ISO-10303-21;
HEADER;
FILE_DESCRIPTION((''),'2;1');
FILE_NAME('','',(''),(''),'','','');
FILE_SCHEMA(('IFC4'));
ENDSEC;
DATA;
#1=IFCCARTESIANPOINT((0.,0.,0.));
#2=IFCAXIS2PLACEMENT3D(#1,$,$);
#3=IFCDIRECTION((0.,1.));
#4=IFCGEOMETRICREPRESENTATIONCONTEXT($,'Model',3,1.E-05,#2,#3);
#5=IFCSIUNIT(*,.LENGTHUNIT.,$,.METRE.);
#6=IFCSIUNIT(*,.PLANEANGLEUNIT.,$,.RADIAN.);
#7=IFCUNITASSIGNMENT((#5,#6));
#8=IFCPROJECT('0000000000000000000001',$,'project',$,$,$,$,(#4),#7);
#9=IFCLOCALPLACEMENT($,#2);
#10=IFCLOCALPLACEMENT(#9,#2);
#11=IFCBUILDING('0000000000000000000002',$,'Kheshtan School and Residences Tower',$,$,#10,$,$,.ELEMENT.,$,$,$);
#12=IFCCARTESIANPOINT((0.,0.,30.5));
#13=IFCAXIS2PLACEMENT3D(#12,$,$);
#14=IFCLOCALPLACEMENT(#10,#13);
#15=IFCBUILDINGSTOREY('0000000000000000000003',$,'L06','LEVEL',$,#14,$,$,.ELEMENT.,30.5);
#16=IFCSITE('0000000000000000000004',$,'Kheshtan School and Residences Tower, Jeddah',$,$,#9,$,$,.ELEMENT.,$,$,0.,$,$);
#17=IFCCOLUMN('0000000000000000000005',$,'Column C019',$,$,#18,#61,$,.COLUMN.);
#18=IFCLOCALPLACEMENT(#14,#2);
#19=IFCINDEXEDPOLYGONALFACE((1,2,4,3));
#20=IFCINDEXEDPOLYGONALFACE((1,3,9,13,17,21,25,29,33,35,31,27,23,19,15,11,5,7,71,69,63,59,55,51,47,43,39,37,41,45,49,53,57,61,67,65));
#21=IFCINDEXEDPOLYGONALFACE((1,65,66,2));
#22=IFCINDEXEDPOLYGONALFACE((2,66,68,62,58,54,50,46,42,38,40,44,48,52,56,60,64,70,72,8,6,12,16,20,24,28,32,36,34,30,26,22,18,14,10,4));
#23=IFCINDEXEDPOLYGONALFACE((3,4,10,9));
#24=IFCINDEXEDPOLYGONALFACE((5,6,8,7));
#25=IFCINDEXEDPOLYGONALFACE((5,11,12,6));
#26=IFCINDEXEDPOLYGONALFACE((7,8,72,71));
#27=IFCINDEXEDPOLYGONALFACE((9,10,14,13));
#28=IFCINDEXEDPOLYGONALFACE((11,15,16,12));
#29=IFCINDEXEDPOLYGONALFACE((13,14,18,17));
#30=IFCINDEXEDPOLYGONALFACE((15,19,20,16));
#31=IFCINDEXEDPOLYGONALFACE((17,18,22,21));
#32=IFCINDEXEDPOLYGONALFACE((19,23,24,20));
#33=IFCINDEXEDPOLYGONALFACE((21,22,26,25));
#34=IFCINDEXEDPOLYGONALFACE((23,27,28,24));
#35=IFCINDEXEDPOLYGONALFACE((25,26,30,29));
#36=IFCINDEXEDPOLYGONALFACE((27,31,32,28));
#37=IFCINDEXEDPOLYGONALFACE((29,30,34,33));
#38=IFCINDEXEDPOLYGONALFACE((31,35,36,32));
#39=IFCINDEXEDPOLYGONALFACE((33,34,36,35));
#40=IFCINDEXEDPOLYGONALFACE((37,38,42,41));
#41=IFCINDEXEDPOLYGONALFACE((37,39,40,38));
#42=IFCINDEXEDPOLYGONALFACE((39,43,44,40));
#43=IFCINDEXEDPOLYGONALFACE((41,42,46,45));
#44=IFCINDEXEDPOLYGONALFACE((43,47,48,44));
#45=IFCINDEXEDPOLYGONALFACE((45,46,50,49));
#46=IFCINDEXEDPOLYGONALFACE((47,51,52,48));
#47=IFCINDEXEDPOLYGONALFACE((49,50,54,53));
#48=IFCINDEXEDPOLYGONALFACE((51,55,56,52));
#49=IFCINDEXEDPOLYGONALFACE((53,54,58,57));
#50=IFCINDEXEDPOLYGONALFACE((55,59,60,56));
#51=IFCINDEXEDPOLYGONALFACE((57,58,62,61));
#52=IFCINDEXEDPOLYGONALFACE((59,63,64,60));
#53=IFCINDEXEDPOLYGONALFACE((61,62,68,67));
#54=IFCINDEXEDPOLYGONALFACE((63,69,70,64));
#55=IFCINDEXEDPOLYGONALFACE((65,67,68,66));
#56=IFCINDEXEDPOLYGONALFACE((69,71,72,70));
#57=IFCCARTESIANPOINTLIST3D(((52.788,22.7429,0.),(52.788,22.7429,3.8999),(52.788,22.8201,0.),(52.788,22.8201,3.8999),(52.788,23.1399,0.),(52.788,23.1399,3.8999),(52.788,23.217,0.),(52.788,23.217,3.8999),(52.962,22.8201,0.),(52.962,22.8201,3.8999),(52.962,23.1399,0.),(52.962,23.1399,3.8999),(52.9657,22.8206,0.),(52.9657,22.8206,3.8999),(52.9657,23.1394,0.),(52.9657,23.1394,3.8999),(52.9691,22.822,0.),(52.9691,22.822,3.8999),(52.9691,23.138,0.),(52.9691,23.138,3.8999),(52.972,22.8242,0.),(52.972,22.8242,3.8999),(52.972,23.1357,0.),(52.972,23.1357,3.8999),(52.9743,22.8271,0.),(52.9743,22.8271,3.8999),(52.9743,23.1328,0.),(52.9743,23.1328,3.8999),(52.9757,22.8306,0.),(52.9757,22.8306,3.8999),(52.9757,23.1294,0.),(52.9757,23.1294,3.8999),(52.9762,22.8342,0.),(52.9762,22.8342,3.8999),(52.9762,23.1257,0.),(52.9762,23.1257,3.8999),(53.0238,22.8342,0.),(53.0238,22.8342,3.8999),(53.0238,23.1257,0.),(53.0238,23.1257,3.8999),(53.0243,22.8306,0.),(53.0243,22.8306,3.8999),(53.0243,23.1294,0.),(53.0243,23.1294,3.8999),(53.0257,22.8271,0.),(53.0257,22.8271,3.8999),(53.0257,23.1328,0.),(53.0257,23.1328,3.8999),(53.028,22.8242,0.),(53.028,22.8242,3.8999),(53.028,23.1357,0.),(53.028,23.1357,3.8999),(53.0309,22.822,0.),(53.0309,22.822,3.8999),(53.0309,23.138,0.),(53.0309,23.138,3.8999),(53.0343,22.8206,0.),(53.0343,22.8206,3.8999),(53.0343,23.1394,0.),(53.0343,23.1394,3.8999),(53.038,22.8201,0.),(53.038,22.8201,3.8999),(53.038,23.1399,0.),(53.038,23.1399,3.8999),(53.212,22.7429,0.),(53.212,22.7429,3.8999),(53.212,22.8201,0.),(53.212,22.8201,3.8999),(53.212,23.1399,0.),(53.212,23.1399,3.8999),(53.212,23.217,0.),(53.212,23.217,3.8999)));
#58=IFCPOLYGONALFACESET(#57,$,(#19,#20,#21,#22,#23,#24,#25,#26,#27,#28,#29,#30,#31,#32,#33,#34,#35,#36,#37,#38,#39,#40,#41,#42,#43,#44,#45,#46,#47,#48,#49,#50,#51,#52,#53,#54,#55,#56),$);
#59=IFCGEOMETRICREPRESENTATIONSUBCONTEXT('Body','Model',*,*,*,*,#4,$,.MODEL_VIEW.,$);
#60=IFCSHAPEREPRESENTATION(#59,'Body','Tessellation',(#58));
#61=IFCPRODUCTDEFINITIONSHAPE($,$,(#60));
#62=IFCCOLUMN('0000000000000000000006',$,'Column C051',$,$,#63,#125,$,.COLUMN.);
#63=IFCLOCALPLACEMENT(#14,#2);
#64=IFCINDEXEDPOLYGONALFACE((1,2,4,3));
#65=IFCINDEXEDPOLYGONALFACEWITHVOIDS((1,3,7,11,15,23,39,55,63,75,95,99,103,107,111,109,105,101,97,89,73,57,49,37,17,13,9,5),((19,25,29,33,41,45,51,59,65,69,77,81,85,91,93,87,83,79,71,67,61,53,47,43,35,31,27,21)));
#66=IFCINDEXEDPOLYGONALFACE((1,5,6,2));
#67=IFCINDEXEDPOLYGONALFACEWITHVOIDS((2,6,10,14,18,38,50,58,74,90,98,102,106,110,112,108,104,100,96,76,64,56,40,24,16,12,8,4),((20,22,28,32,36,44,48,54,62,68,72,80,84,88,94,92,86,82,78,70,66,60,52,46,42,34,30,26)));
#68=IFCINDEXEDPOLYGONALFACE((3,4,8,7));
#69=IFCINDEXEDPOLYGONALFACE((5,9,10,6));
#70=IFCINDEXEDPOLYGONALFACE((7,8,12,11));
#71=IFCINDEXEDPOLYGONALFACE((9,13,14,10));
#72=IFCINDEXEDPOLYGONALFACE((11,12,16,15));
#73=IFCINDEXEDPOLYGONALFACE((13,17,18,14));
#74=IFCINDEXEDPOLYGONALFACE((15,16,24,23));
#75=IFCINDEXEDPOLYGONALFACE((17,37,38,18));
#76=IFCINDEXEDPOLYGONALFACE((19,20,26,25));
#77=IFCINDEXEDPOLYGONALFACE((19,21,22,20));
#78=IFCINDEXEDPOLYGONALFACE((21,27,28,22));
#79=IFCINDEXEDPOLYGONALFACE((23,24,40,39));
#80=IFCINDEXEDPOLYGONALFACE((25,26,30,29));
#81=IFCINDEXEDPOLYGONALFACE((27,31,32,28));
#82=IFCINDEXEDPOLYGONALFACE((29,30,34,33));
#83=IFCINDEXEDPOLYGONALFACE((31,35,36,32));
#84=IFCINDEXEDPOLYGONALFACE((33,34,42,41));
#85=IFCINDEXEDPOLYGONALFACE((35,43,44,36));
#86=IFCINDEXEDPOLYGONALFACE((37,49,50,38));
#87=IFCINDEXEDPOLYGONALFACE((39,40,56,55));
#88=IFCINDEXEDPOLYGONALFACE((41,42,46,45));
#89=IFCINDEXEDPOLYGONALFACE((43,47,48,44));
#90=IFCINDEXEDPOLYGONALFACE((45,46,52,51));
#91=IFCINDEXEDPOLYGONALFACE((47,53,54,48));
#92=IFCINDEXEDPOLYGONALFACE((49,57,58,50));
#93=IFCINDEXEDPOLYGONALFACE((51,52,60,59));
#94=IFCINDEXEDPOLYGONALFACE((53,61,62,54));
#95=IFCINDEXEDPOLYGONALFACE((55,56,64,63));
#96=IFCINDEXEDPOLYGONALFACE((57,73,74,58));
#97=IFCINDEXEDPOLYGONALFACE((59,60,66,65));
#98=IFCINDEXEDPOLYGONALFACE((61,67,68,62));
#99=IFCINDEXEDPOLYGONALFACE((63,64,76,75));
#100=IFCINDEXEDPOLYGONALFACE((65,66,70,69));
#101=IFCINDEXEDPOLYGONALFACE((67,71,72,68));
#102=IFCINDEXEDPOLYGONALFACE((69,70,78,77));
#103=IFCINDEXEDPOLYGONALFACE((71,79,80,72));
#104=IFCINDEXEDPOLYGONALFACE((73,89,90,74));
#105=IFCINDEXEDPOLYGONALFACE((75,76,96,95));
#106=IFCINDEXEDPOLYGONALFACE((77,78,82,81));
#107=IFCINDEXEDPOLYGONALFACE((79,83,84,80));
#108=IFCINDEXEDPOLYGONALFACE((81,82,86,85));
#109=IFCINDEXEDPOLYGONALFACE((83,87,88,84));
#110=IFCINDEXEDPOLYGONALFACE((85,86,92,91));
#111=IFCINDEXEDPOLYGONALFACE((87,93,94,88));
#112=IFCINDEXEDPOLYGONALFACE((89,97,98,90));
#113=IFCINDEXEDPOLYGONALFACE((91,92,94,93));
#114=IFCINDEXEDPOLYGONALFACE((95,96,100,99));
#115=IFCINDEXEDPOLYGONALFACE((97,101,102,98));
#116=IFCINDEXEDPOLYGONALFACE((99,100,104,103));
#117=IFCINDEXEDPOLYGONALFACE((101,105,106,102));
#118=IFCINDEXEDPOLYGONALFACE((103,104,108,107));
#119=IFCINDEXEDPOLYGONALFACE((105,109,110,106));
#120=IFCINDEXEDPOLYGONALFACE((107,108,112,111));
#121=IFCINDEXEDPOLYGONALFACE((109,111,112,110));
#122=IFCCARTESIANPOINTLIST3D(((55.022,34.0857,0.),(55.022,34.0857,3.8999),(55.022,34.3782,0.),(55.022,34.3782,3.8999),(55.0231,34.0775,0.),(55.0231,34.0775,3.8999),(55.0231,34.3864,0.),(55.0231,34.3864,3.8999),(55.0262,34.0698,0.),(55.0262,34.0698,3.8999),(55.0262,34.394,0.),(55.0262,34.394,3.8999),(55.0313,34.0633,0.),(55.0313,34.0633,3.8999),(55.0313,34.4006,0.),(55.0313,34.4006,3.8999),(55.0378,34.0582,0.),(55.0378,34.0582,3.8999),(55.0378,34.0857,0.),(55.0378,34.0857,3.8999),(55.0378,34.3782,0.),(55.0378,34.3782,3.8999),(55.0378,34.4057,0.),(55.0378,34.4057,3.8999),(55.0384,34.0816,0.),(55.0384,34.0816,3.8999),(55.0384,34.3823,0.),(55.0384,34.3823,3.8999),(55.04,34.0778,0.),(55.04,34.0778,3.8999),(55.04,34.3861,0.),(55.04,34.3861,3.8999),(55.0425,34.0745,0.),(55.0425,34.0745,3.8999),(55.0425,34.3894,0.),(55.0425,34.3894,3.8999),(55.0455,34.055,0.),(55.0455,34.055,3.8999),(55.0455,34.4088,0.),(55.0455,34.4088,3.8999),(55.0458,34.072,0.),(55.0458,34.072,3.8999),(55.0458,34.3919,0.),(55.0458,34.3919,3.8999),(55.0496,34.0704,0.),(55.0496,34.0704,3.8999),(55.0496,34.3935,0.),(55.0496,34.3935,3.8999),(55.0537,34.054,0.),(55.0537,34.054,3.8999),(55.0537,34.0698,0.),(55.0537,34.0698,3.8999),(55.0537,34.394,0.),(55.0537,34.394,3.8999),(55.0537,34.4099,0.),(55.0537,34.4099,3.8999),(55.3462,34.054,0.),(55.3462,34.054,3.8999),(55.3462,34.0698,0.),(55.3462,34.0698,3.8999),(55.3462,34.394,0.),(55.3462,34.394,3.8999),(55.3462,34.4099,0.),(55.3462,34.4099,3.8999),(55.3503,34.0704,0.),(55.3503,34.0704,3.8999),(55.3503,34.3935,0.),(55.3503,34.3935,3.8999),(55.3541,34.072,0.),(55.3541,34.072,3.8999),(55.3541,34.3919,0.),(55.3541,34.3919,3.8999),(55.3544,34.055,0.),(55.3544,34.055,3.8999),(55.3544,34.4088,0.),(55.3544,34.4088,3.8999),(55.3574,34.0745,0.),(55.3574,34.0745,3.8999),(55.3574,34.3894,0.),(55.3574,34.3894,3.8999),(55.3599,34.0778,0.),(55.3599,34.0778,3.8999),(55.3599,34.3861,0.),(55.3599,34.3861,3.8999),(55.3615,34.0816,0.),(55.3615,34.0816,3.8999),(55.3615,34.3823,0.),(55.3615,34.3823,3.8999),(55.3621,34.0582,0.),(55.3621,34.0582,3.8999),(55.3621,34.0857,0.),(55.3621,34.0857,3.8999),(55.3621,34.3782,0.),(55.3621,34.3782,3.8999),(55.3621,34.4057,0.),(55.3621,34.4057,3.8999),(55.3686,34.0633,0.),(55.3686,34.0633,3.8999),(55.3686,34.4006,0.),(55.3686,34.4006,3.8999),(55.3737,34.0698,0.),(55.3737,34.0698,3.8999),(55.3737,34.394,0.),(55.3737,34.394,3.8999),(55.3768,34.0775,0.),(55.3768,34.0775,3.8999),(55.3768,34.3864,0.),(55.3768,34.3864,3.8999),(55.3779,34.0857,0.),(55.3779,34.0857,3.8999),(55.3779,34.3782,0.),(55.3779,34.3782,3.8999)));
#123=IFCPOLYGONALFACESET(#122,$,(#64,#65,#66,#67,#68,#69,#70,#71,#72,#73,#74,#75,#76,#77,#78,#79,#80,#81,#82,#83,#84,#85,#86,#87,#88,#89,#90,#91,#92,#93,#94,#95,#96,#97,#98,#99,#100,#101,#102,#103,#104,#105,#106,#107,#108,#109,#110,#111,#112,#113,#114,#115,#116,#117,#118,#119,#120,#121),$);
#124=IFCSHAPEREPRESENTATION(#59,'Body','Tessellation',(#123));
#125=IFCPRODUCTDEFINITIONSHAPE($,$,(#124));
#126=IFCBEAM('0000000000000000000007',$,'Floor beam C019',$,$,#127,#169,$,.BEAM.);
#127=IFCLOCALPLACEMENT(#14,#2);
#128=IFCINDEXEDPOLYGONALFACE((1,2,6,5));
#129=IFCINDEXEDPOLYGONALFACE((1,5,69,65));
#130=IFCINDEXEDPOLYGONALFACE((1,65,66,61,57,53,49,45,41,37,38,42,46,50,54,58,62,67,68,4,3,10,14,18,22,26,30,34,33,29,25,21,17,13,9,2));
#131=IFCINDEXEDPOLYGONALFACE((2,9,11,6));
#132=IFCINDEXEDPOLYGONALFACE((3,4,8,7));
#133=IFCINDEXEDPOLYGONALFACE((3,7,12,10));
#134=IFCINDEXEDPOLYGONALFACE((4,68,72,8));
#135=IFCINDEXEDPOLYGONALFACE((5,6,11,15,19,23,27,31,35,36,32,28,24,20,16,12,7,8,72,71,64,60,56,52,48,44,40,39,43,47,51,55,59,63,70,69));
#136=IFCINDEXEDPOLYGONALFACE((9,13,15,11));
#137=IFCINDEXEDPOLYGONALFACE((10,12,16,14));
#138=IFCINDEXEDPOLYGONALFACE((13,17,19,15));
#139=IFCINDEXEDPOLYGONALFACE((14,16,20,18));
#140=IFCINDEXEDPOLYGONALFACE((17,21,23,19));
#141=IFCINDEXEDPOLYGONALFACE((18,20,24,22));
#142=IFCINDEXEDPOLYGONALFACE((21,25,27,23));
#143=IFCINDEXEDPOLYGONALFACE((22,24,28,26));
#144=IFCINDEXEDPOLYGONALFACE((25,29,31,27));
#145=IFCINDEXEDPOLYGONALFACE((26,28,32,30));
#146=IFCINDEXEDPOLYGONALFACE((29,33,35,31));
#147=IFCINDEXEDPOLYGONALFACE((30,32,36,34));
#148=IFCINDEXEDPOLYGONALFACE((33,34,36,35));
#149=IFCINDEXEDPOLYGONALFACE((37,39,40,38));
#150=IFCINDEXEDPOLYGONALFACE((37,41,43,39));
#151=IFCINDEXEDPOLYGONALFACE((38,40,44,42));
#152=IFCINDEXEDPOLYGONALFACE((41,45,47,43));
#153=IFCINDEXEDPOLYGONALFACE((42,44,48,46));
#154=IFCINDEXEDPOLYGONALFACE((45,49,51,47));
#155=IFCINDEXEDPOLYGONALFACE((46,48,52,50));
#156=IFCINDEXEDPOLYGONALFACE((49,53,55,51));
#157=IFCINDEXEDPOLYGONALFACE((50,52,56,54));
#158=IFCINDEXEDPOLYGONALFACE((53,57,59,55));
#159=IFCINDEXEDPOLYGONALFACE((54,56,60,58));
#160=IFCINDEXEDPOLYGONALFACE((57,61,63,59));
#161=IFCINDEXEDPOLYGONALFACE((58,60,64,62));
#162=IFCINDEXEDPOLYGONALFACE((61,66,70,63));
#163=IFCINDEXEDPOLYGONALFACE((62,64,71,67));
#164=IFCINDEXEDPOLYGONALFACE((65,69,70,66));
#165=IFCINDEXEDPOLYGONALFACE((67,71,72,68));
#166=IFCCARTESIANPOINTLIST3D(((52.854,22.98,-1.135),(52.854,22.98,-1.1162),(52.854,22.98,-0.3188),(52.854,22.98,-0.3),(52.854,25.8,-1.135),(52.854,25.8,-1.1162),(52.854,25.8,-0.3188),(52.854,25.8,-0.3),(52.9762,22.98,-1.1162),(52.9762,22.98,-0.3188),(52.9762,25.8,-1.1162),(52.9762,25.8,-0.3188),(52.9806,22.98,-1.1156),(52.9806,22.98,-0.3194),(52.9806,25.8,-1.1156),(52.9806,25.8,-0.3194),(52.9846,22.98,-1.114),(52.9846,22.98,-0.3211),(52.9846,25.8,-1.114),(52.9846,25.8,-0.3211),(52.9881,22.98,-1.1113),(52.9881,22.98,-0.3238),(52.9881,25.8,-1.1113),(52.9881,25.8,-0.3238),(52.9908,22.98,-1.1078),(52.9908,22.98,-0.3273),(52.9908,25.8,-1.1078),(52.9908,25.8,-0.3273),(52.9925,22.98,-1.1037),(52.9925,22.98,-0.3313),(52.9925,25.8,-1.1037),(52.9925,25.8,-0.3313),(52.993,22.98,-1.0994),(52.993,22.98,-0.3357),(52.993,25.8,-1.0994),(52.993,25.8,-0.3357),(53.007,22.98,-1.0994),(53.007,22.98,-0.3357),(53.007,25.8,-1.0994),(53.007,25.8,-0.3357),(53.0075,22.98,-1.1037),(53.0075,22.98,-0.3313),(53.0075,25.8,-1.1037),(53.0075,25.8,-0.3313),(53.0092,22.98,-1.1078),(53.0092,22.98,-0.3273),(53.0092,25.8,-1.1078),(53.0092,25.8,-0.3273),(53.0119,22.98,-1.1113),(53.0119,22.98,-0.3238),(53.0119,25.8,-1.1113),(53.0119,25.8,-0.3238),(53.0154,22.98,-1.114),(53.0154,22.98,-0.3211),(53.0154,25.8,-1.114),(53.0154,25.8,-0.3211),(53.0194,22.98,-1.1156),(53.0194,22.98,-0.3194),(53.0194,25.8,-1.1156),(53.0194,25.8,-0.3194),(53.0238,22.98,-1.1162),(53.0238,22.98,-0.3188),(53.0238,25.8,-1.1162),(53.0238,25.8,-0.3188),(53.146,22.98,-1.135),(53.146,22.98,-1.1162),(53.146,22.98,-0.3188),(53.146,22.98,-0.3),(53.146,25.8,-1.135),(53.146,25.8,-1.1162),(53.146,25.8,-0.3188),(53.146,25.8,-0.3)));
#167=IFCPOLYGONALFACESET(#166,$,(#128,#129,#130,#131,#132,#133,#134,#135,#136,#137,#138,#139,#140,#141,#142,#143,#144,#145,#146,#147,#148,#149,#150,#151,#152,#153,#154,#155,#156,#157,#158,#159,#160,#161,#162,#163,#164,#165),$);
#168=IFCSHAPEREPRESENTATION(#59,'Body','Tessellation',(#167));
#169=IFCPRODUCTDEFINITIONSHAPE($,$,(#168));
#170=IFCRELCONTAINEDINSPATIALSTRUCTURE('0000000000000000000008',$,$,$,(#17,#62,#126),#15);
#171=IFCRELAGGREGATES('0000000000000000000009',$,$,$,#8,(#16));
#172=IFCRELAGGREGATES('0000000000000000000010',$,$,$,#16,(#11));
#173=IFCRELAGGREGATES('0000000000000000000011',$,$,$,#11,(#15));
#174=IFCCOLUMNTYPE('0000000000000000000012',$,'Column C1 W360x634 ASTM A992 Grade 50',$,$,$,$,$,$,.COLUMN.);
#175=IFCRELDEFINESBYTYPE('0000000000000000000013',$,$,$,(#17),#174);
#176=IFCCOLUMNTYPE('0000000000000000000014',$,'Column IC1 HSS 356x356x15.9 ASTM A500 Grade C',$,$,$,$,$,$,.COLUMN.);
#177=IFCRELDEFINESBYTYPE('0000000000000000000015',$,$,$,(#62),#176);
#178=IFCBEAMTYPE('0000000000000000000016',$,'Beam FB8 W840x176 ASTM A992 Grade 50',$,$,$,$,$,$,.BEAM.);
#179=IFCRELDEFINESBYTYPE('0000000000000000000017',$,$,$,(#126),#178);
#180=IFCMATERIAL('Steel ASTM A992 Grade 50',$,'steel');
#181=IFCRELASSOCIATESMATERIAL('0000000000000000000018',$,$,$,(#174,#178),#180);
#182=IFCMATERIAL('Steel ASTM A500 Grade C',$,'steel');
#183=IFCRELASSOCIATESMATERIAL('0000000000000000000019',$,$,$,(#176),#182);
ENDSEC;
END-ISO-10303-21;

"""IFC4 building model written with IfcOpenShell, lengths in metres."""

from ifc_helpers import new_model, si_unit, direction, frame, origin, origin_2d, place, context, subcontext, project, spatial, hollow_rectangle, i_section, extrude, material, material_profile, profile_set, type_object, element, save


model = new_model("IFC4")

# Units and contexts
model_context = context("Model", 3, precision=1e-05, world=origin(), true_north=direction((0.0, 1.0)))
body_context = subcontext(model_context, "Body", "Model", "MODEL_VIEW")
ifc_project = project(units=[si_unit("LENGTHUNIT", "METRE"), si_unit("PLANEANGLEUNIT", "RADIAN")], contexts=[model_context])

# Site, building, storey
site_placement = place(None, origin())
site = spatial("IfcSite", under=ifc_project, at=site_placement, Name="Kheshtan School and Residences Tower, Jeddah", CompositionType="ELEMENT", RefElevation=0.0)
building_placement = place(site_placement, origin())
building = spatial("IfcBuilding", under=site, at=building_placement, Name="Kheshtan School and Residences Tower", CompositionType="ELEMENT")
storey_placement = place(building_placement, frame((0.0, 0.0, 30.5)))
storey = spatial("IfcBuildingStorey", under=building, at=storey_placement, Name="L06", Description="LEVEL", CompositionType="ELEMENT", Elevation=30.5)

# Columns
ifc_material_1 = material(Name="Steel ASTM A992 Grade 50", Category="steel")
ifc_material_profile_1 = material_profile(ifc_material_1, i_section(OverallWidth=0.4241, OverallDepth=0.4741, WebThickness=0.0476, FlangeThickness=0.0771, FilletRadius=0.0142, at=origin_2d()), Name="W360x634")
ifc_profile_set_1 = profile_set([ifc_material_profile_1], Name="Steel ASTM A992 Grade 50")
column_type_1 = type_object("IfcColumnType", Name="Column C1 W360x634 ASTM A992 Grade 50", PredefinedType="COLUMN", material=ifc_profile_set_1)
column_1_placement = place(storey_placement, frame((53.0, 22.98, 0.0), z_axis=(0.0, 0.0, 1.0), x_axis=(1.0, 0.0, 0.0)))
element("IfcColumn", 1, at=column_1_placement, inside=storey, type_object=column_type_1, Name="Column C019", PredefinedType="COLUMN", context=body_context, shape_type="SweptSolid", body=[
    extrude(i_section(OverallWidth=0.4241, OverallDepth=0.4741, WebThickness=0.0476, FlangeThickness=0.0771, FilletRadius=0.0142, at=origin_2d()), origin(), (0.0, 0.0, 1.0), 3.8999),
])
ifc_material_2 = material(Name="Steel ASTM A500 Grade C", Category="steel")
ifc_material_profile_2 = material_profile(ifc_material_2, hollow_rectangle(XDim=0.356, YDim=0.356, WallThickness=0.0159, InnerFilletRadius=0.0159, OuterFilletRadius=0.0317, at=origin_2d()), Name="HSS 356x356x15.9")
ifc_profile_set_2 = profile_set([ifc_material_profile_2], Name="Steel ASTM A500 Grade C")
column_type_2 = type_object("IfcColumnType", Name="Column IC1 HSS 356x356x15.9 ASTM A500 Grade C", PredefinedType="COLUMN", material=ifc_profile_set_2)
column_2_placement = place(storey_placement, frame((55.2, 34.2319, 0.0), z_axis=(0.0, 0.0, 1.0), x_axis=(1.0, 0.0, 0.0)))
element("IfcColumn", 2, at=column_2_placement, inside=storey, type_object=column_type_2, Name="Column C051", PredefinedType="COLUMN", context=body_context, shape_type="SweptSolid", body=[
    extrude(hollow_rectangle(XDim=0.356, YDim=0.356, WallThickness=0.0159, InnerFilletRadius=0.0159, OuterFilletRadius=0.0317, at=origin_2d()), origin(), (0.0, 0.0, 1.0), 3.8999),
])

# Beam
ifc_material_profile_3 = material_profile(ifc_material_1, i_section(OverallWidth=0.292, OverallDepth=0.835, WebThickness=0.0139, FlangeThickness=0.0188, FilletRadius=0.0168, at=origin_2d()), Name="W840x176")
ifc_profile_set_3 = profile_set([ifc_material_profile_3], Name="Steel ASTM A992 Grade 50")
beam_type_1 = type_object("IfcBeamType", Name="Beam FB8 W840x176 ASTM A992 Grade 50", PredefinedType="BEAM", material=ifc_profile_set_3)
beam_1_placement = place(storey_placement, frame((53.0, 22.98, -0.7175), z_axis=(0.0, 1.0, 0.0), x_axis=(-1.0, 0.0, 0.0)))
element("IfcBeam", 3, at=beam_1_placement, inside=storey, type_object=beam_type_1, Name="Floor beam C019", PredefinedType="BEAM", context=body_context, shape_type="SweptSolid", body=[
    extrude(i_section(OverallWidth=0.292, OverallDepth=0.835, WebThickness=0.0139, FlangeThickness=0.0188, FilletRadius=0.0168, at=origin_2d()), origin(), (0.0, 0.0, 1.0), 2.8201),
])

save(model, "model.ifc")
